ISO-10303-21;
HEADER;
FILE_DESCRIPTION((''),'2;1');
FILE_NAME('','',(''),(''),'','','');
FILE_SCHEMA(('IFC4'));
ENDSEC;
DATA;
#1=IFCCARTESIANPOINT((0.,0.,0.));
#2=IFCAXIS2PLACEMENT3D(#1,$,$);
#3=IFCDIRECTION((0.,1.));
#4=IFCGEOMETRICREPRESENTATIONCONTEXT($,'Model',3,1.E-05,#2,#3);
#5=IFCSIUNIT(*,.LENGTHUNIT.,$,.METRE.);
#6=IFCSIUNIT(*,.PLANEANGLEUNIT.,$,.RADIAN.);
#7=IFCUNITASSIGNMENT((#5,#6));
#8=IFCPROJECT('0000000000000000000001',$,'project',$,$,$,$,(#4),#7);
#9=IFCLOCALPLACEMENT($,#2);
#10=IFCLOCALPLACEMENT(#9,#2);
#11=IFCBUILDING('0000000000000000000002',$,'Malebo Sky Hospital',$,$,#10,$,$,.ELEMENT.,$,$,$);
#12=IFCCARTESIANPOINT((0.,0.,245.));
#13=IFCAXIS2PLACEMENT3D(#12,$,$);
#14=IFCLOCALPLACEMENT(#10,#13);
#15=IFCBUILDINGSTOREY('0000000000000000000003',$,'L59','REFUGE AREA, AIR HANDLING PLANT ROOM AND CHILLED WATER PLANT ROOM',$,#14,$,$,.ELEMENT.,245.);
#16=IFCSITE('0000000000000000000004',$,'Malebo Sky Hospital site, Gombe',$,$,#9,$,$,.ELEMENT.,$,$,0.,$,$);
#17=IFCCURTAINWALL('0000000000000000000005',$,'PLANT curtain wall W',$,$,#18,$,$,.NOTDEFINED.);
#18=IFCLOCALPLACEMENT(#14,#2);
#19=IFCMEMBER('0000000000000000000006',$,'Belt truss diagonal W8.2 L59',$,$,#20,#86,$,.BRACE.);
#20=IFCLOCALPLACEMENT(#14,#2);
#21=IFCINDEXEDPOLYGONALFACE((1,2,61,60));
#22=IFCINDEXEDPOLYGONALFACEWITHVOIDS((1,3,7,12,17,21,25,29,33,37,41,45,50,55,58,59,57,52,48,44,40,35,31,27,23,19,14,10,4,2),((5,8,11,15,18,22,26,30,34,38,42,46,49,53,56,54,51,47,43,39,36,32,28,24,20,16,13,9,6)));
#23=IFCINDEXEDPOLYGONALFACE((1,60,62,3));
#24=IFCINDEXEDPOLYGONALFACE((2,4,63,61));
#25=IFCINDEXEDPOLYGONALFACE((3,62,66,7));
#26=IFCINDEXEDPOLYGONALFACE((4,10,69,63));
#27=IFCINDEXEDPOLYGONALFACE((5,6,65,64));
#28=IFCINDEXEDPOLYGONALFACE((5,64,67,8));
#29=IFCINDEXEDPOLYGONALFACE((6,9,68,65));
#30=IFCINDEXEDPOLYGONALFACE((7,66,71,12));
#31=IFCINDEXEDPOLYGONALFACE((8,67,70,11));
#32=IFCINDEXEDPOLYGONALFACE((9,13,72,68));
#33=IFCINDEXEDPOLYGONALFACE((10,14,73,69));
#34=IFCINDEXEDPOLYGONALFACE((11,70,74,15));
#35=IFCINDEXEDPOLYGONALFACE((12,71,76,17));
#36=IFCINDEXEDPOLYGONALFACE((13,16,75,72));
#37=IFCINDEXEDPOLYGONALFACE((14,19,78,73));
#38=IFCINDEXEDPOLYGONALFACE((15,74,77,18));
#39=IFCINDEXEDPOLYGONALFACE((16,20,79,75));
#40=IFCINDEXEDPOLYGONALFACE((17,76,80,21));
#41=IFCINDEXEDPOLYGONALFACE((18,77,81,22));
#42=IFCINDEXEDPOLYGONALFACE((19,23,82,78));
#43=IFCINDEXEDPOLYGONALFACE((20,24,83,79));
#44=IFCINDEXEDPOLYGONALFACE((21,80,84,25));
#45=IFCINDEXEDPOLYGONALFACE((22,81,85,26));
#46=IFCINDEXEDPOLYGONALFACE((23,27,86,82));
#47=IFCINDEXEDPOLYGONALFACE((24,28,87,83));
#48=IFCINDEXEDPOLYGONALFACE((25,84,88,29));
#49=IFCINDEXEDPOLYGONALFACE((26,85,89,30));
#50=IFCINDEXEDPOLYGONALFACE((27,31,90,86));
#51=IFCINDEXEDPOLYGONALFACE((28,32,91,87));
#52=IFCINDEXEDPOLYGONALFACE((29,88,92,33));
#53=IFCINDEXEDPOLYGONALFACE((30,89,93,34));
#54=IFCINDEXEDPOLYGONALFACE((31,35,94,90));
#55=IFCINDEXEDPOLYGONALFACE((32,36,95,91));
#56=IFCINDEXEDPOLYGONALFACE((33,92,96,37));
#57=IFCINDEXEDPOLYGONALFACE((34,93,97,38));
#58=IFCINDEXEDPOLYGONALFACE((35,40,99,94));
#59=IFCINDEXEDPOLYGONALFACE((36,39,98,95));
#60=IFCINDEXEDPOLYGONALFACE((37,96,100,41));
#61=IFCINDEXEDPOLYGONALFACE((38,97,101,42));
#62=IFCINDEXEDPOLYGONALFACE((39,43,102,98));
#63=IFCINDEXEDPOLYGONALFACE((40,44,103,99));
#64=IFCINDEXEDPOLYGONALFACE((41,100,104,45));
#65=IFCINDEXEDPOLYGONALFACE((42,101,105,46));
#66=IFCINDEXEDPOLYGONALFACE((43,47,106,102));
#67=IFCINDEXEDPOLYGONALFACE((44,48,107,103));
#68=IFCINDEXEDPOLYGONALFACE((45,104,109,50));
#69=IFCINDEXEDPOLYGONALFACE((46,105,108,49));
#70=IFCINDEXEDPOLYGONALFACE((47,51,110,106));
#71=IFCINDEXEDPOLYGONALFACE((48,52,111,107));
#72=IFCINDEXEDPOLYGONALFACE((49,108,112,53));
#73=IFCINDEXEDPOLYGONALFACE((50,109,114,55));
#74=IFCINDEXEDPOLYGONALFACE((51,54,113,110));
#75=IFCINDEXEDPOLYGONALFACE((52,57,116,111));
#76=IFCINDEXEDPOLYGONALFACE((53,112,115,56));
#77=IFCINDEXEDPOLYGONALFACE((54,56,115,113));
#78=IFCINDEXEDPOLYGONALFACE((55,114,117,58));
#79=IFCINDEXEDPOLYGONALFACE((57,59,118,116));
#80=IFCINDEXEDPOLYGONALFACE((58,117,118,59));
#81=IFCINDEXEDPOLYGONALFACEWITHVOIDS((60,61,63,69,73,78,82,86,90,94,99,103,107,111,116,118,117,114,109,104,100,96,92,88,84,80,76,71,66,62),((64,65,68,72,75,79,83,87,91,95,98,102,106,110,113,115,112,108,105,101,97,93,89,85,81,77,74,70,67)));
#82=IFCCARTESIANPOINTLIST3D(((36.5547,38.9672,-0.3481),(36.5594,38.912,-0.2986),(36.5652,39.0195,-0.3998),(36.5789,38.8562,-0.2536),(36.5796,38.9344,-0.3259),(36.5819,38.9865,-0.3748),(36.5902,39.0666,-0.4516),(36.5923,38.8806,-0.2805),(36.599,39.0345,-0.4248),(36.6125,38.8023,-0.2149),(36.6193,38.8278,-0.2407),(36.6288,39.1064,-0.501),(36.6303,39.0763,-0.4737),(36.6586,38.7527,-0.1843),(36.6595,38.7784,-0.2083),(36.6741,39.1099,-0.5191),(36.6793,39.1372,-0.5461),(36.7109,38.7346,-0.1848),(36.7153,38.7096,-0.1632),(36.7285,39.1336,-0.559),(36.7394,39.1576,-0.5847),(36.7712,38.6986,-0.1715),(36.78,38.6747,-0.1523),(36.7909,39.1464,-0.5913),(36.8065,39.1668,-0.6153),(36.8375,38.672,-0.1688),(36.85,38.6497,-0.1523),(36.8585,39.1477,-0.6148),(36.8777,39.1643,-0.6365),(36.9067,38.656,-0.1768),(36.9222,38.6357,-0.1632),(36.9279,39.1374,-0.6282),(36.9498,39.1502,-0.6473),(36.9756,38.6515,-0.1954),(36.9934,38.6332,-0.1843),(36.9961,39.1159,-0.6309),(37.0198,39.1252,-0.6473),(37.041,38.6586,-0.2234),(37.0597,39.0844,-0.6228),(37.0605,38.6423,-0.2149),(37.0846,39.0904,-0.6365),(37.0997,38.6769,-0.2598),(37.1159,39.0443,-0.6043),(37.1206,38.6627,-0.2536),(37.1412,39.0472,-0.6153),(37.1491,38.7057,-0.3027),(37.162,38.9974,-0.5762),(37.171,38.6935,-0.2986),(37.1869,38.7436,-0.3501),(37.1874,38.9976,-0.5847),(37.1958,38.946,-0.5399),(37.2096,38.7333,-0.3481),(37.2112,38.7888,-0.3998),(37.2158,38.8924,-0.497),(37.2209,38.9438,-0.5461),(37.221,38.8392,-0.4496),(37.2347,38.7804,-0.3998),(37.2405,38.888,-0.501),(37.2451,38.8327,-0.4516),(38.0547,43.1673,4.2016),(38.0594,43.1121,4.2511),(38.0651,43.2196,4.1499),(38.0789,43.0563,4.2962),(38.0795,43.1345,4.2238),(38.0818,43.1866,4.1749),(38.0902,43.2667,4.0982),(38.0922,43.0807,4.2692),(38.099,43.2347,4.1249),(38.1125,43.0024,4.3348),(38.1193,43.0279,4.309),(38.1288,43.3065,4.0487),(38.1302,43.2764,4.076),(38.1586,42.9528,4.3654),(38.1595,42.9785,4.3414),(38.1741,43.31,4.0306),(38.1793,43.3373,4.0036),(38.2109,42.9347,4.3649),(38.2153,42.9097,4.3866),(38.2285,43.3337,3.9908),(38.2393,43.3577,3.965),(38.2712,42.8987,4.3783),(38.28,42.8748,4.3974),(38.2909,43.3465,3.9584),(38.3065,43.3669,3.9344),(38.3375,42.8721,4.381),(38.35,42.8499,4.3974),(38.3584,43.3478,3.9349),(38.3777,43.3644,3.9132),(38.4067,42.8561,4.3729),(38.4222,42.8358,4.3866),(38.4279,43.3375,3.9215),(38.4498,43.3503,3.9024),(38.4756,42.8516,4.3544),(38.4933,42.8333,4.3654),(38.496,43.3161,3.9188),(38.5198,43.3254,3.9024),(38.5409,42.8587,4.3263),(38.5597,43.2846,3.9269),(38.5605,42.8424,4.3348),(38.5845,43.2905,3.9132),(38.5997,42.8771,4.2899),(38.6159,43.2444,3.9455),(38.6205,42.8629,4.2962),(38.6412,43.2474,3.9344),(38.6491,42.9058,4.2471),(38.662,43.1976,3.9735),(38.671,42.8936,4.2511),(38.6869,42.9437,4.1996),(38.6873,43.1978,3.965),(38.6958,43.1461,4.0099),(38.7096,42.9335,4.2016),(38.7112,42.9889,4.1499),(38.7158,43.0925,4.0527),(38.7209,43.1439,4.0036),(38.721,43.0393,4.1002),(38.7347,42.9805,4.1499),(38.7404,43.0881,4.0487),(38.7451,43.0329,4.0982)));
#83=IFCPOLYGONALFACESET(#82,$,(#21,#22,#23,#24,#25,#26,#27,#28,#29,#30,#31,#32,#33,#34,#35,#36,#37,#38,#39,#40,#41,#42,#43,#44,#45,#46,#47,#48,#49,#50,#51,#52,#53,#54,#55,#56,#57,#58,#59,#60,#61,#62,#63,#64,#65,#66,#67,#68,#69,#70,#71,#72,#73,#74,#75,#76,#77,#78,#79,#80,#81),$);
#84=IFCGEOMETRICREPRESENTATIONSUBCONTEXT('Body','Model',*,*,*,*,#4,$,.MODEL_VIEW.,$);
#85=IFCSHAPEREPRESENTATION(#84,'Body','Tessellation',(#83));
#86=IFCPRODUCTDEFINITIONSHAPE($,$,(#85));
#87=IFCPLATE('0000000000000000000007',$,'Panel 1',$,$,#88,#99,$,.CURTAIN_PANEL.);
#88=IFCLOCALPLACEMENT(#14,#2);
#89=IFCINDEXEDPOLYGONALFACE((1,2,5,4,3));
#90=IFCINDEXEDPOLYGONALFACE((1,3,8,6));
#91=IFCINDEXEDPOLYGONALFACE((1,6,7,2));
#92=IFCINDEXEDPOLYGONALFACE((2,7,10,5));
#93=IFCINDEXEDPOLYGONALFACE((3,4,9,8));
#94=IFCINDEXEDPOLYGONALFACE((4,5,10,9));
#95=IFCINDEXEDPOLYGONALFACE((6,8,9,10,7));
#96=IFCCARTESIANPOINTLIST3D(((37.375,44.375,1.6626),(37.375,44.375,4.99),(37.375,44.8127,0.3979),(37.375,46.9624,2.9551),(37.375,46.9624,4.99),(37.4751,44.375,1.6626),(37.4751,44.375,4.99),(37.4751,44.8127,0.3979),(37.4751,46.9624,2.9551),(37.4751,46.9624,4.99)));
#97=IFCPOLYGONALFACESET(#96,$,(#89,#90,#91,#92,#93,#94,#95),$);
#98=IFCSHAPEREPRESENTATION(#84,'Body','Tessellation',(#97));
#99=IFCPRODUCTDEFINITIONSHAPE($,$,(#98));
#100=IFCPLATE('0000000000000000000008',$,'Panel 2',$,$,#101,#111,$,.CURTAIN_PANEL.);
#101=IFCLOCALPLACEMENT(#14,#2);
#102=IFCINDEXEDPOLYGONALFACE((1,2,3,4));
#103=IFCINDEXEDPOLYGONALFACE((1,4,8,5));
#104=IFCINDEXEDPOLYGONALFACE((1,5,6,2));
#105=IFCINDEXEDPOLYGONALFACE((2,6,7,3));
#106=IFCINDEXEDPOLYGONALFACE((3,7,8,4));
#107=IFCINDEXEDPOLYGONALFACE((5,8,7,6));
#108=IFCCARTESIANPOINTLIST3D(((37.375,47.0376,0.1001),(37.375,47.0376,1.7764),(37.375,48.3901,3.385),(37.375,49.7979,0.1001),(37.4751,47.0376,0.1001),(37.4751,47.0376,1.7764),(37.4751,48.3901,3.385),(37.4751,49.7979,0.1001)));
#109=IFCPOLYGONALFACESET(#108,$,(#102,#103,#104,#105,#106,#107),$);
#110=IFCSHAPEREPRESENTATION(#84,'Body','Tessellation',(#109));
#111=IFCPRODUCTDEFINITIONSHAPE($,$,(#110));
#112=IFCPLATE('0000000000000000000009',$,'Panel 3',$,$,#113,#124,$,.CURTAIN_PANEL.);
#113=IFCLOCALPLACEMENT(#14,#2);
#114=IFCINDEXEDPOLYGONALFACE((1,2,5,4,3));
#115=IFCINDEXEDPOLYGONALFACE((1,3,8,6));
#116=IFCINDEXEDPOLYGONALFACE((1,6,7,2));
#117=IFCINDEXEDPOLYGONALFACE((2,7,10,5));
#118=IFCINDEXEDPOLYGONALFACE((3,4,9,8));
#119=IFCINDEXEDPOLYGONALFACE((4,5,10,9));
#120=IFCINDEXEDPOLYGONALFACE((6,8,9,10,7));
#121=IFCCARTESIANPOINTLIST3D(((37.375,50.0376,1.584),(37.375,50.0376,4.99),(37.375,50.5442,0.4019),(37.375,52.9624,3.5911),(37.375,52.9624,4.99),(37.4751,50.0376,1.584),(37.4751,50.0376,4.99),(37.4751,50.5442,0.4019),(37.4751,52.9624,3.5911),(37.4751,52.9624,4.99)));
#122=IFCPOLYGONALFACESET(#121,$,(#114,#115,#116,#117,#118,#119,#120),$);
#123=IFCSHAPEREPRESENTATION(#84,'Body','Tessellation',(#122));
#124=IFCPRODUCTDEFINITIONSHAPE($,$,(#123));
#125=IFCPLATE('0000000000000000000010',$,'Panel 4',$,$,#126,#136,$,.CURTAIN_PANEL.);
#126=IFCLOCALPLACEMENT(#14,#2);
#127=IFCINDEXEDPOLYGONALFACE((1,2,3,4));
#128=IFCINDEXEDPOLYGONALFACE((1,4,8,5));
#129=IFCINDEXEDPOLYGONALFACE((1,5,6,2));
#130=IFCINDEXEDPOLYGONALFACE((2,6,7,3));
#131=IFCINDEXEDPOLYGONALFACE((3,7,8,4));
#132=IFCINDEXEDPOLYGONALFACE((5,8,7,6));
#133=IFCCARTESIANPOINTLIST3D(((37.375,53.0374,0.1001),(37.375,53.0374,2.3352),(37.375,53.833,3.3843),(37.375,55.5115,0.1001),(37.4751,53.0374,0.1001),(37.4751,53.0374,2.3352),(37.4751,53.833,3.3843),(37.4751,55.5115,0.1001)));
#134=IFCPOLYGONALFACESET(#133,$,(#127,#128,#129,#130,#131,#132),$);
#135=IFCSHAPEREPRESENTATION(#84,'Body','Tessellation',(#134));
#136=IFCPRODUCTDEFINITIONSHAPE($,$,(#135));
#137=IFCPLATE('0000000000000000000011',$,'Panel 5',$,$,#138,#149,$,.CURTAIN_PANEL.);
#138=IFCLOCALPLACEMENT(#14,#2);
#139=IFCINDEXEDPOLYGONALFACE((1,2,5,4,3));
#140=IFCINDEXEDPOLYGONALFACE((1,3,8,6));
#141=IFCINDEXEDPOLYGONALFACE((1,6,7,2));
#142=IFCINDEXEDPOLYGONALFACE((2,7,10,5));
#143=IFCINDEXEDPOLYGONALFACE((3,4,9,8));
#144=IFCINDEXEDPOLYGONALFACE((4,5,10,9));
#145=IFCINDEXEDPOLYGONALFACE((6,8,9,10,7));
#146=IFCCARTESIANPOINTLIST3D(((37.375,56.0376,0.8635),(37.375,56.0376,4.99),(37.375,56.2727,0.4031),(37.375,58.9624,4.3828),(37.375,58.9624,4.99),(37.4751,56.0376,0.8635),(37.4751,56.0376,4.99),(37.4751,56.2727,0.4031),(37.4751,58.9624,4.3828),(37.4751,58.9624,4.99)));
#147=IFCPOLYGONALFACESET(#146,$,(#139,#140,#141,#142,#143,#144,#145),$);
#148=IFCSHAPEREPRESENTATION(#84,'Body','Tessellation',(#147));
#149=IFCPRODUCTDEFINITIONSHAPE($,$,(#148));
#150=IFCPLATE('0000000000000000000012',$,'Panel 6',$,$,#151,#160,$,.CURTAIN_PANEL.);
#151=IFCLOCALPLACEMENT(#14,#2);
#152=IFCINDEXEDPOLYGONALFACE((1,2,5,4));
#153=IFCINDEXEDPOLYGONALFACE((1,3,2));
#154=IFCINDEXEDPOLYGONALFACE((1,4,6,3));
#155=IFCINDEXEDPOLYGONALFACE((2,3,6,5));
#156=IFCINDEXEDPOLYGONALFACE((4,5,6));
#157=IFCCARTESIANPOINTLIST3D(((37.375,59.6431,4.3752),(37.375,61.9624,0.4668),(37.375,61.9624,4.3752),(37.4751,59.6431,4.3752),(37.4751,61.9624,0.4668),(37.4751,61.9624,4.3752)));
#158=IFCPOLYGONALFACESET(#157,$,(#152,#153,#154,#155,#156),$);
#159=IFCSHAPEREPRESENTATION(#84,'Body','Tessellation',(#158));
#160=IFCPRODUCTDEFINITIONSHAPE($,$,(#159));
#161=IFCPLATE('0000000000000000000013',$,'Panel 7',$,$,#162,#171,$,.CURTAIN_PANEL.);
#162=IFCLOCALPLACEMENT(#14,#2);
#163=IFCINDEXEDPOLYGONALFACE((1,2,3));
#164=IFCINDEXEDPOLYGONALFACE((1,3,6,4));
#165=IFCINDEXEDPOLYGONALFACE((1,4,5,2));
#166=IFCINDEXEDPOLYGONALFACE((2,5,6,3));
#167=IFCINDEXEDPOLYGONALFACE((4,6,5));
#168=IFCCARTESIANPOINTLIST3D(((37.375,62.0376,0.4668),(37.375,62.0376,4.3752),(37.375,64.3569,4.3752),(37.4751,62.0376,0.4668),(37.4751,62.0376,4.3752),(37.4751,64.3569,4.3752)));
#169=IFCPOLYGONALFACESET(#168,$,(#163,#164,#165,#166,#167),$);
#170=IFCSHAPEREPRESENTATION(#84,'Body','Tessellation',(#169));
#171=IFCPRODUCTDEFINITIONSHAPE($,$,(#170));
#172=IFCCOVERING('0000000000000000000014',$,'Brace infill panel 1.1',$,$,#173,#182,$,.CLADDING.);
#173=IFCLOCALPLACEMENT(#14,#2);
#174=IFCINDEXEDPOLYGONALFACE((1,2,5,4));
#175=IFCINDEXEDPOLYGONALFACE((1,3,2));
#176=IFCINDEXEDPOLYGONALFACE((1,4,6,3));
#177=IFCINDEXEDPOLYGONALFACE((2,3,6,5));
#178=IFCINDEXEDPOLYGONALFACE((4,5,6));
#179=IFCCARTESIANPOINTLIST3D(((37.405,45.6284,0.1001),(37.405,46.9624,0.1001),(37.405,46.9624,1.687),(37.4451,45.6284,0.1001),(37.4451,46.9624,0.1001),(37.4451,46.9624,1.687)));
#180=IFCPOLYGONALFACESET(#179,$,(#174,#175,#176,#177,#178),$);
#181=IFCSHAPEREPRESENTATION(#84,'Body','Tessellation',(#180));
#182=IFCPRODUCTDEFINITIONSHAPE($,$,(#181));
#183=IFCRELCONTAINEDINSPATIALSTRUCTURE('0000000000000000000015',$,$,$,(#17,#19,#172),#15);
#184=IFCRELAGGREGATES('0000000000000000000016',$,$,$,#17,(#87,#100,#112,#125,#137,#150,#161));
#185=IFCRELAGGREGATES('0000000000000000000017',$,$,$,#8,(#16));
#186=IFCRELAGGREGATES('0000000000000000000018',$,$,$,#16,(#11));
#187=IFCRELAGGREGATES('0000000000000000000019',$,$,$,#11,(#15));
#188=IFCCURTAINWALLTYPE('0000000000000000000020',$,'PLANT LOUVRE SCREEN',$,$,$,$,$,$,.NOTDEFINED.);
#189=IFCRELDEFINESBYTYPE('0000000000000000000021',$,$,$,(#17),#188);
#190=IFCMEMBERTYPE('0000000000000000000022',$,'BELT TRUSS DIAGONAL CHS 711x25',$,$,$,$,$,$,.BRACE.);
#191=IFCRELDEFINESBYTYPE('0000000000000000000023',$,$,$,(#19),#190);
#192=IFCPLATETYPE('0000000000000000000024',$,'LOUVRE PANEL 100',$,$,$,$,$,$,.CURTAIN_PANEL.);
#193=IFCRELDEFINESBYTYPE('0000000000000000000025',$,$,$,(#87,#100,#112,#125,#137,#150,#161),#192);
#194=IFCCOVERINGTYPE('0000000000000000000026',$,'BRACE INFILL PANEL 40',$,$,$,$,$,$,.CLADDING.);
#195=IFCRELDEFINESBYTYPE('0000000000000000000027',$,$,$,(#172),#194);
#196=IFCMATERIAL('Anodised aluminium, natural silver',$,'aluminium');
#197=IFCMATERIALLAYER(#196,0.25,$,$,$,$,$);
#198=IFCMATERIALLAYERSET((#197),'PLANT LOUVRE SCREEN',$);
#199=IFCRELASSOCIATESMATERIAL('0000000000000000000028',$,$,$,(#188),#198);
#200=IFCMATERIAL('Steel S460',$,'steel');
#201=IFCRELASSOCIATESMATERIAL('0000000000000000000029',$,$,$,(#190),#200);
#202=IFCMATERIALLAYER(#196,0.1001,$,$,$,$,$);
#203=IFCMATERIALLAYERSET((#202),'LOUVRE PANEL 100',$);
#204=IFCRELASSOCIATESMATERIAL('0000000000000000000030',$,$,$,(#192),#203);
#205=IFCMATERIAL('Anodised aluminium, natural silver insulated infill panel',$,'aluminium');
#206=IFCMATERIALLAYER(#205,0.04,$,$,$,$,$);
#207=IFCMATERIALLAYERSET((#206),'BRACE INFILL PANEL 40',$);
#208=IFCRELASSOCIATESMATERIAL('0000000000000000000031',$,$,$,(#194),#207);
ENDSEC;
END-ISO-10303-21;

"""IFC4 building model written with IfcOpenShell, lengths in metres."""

from ifc_helpers import new_model, si_unit, direction, frame, origin, origin_2d, place, context, subcontext, project, spatial, polyline, hollow_circle, outline, extrude, material, layer, layer_set, material_profile, profile_set, type_object, element, aggregate, save


model = new_model("IFC4")

# Units and contexts
model_context = context("Model", 3, precision=1e-05, world=origin(), true_north=direction((0.0, 1.0)))
body_context = subcontext(model_context, "Body", "Model", "MODEL_VIEW")
ifc_project = project(units=[si_unit("LENGTHUNIT", "METRE"), si_unit("PLANEANGLEUNIT", "RADIAN")], contexts=[model_context])

# Site, building, storey
site_placement = place(None, origin())
site = spatial("IfcSite", under=ifc_project, at=site_placement, Name="Malebo Sky Hospital site, Gombe", CompositionType="ELEMENT", RefElevation=0.0)
building_placement = place(site_placement, origin())
building = spatial("IfcBuilding", under=site, at=building_placement, Name="Malebo Sky Hospital", CompositionType="ELEMENT")
storey_placement = place(building_placement, frame((0.0, 0.0, 245.0)))
storey = spatial("IfcBuildingStorey", under=building, at=storey_placement, Name="L59", Description="REFUGE AREA, AIR HANDLING PLANT ROOM AND CHILLED WATER PLANT ROOM", CompositionType="ELEMENT", Elevation=245.0)

# Curtain wall
ifc_material_1 = material(Name="Anodised aluminium, natural silver", Category="aluminium")
ifc_layer_1 = layer(ifc_material_1, 0.25)
ifc_layer_set_1 = layer_set([ifc_layer_1], Name="PLANT LOUVRE SCREEN")
curtain_wall_type = type_object("IfcCurtainWallType", Name="PLANT LOUVRE SCREEN", PredefinedType="NOTDEFINED", material=ifc_layer_set_1)
curtain_wall_placement = place(storey_placement, origin())
curtain_wall = element("IfcCurtainWall", 1, at=curtain_wall_placement, inside=storey, type_object=curtain_wall_type, Name="PLANT curtain wall W", PredefinedType="NOTDEFINED")

# Member
ifc_material_2 = material(Name="Steel S460", Category="steel")
ifc_material_profile_1 = material_profile(ifc_material_2, hollow_circle(Radius=0.3555, WallThickness=0.0249, at=origin_2d()), Name="CHS 711x25")
ifc_profile_set_1 = profile_set([ifc_material_profile_1], Name="Steel S460")
member_type_1 = type_object("IfcMemberType", Name="BELT TRUSS DIAGONAL CHS 711x25", PredefinedType="BRACE", material=ifc_profile_set_1)
member_1_placement = place(storey_placement, frame((38.3999, 43.1001, 4.1499), z_axis=(-0.235434, -0.659246, -0.714119), x_axis=(0.941747, -0.336323, 0.0)))
element("IfcMember", 2, at=member_1_placement, inside=storey, type_object=member_type_1, Name="Belt truss diagonal W8.2 L59", PredefinedType="BRACE", context=body_context, shape_type="SweptSolid", body=[
    extrude(hollow_circle(Radius=0.3555, WallThickness=0.0249, at=origin_2d()), origin(), (0.0, 0.0, 1.0), 6.3711),
])

# Plates
ifc_layer_2 = layer(ifc_material_1, 0.1001)
ifc_layer_set_2 = layer_set([ifc_layer_2], Name="LOUVRE PANEL 100")
plate_type = type_object("IfcPlateType", Name="LOUVRE PANEL 100", PredefinedType="CURTAIN_PANEL", material=ifc_layer_set_2)
plate_1_placement = place(storey_placement, frame((37.425, 45.6687, 0.3979), z_axis=(0.0, 0.0, 1.0), x_axis=(0.0, 1.0, 0.0)))
plate_1 = element("IfcPlate", 3, at=plate_1_placement, type_object=plate_type, Name="Panel 1", PredefinedType="CURTAIN_PANEL", context=body_context, shape_type="SweptSolid", body=[
    extrude(outline(polyline([(-0.856, 0.0), (1.2937, 2.5571), (1.2937, 4.592), (-1.2937, 4.592), (-1.2937, 1.2646), (-0.856, 0.0)])), frame((0.0, 0.05, 0.0), z_axis=(0.0, -1.0, 0.0), x_axis=(1.0, 0.0, 0.0)), (0.0, 0.0, 1.0), 0.1001),
])
plate_2_placement = place(storey_placement, frame((37.425, 48.4177, 0.1001), z_axis=(0.0, 0.0, 1.0), x_axis=(0.0, 1.0, 0.0)))
plate_2 = element("IfcPlate", 4, at=plate_2_placement, type_object=plate_type, Name="Panel 2", PredefinedType="CURTAIN_PANEL", context=body_context, shape_type="SweptSolid", body=[
    extrude(outline(polyline([(-1.3801, 0.0), (1.3801, 0.0), (-0.0276, 3.2849), (-1.3801, 1.6763), (-1.3801, 0.0)])), frame((0.0, 0.05, 0.0), z_axis=(0.0, -1.0, 0.0), x_axis=(1.0, 0.0, 0.0)), (0.0, 0.0, 1.0), 0.1001),
])
plate_3_placement = place(storey_placement, frame((37.425, 51.5, 0.4019), z_axis=(0.0, 0.0, 1.0), x_axis=(0.0, 1.0, 0.0)))
plate_3 = element("IfcPlate", 5, at=plate_3_placement, type_object=plate_type, Name="Panel 3", PredefinedType="CURTAIN_PANEL", context=body_context, shape_type="SweptSolid", body=[
    extrude(outline(polyline([(-0.9558, 0.0), (1.4624, 3.1892), (1.4624, 4.5881), (-1.4624, 4.5881), (-1.4624, 1.1821), (-0.9558, 0.0)])), frame((0.0, 0.05, 0.0), z_axis=(0.0, -1.0, 0.0), x_axis=(1.0, 0.0, 0.0)), (0.0, 0.0, 1.0), 0.1001),
])
plate_4_placement = place(storey_placement, frame((37.425, 54.2744, 0.1001), z_axis=(0.0, 0.0, 1.0), x_axis=(0.0, 1.0, 0.0)))
plate_4 = element("IfcPlate", 6, at=plate_4_placement, type_object=plate_type, Name="Panel 4", PredefinedType="CURTAIN_PANEL", context=body_context, shape_type="SweptSolid", body=[
    extrude(outline(polyline([(-1.2371, 0.0), (1.2371, 0.0), (-0.4414, 3.2842), (-1.2371, 2.2351), (-1.2371, 0.0)])), frame((0.0, 0.05, 0.0), z_axis=(0.0, -1.0, 0.0), x_axis=(1.0, 0.0, 0.0)), (0.0, 0.0, 1.0), 0.1001),
])
plate_5_placement = place(storey_placement, frame((37.425, 57.5, 0.4031), z_axis=(0.0, 0.0, 1.0), x_axis=(0.0, 1.0, 0.0)))
plate_5 = element("IfcPlate", 7, at=plate_5_placement, type_object=plate_type, Name="Panel 5", PredefinedType="CURTAIN_PANEL", context=body_context, shape_type="SweptSolid", body=[
    extrude(outline(polyline([(-1.2273, 0.0), (1.4624, 3.9797), (1.4624, 4.5869), (-1.4624, 4.5869), (-1.4624, 0.4604), (-1.2273, 0.0)])), frame((0.0, 0.05, 0.0), z_axis=(0.0, -1.0, 0.0), x_axis=(1.0, 0.0, 0.0)), (0.0, 0.0, 1.0), 0.1001),
])
plate_6_placement = place(storey_placement, frame((37.425, 60.8027, 0.4668), z_axis=(0.0, 0.0, 1.0), x_axis=(0.0, 1.0, 0.0)))
plate_6 = element("IfcPlate", 8, at=plate_6_placement, type_object=plate_type, Name="Panel 6", PredefinedType="CURTAIN_PANEL", context=body_context, shape_type="SweptSolid", body=[
    extrude(outline(polyline([(1.1597, 0.0), (1.1597, 3.9084), (-1.1597, 3.9084), (1.1597, 0.0)])), frame((0.0, 0.05, 0.0), z_axis=(0.0, -1.0, 0.0), x_axis=(1.0, 0.0, 0.0)), (0.0, 0.0, 1.0), 0.1001),
])
plate_7_placement = place(storey_placement, frame((37.425, 63.1973, 0.4668), z_axis=(0.0, 0.0, 1.0), x_axis=(0.0, 1.0, 0.0)))
plate_7 = element("IfcPlate", 9, at=plate_7_placement, type_object=plate_type, Name="Panel 7", PredefinedType="CURTAIN_PANEL", context=body_context, shape_type="SweptSolid", body=[
    extrude(outline(polyline([(-1.1597, 0.0), (1.1597, 3.9084), (-1.1597, 3.9084), (-1.1597, 0.0)])), frame((0.0, 0.05, 0.0), z_axis=(0.0, -1.0, 0.0), x_axis=(1.0, 0.0, 0.0)), (0.0, 0.0, 1.0), 0.1001),
])
aggregate(curtain_wall, [plate_1, plate_2, plate_3, plate_4, plate_5, plate_6, plate_7])

# Covering
ifc_material_3 = material(Name="Anodised aluminium, natural silver insulated infill panel", Category="aluminium")
ifc_layer_3 = layer(ifc_material_3, 0.04)
ifc_layer_set_3 = layer_set([ifc_layer_3], Name="BRACE INFILL PANEL 40")
covering_type = type_object("IfcCoveringType", Name="BRACE INFILL PANEL 40", PredefinedType="CLADDING", material=ifc_layer_set_3)
covering_1_placement = place(storey_placement, frame((37.425, 46.2954, 0.1001), z_axis=(0.0, 0.0, 1.0), x_axis=(0.0, 1.0, 0.0)))
element("IfcCovering", 10, at=covering_1_placement, inside=storey, type_object=covering_type, Name="Brace infill panel 1.1", PredefinedType="CLADDING", context=body_context, shape_type="SweptSolid", body=[
    extrude(outline(polyline([(-0.667, 0.0), (0.667, 0.0), (0.667, 1.5869), (-0.667, 0.0)])), frame((0.0, 0.02, 0.0), z_axis=(0.0, -1.0, 0.0), x_axis=(1.0, 0.0, 0.0)), (0.0, 0.0, 1.0), 0.04),
])

save(model, "model.ifc")
